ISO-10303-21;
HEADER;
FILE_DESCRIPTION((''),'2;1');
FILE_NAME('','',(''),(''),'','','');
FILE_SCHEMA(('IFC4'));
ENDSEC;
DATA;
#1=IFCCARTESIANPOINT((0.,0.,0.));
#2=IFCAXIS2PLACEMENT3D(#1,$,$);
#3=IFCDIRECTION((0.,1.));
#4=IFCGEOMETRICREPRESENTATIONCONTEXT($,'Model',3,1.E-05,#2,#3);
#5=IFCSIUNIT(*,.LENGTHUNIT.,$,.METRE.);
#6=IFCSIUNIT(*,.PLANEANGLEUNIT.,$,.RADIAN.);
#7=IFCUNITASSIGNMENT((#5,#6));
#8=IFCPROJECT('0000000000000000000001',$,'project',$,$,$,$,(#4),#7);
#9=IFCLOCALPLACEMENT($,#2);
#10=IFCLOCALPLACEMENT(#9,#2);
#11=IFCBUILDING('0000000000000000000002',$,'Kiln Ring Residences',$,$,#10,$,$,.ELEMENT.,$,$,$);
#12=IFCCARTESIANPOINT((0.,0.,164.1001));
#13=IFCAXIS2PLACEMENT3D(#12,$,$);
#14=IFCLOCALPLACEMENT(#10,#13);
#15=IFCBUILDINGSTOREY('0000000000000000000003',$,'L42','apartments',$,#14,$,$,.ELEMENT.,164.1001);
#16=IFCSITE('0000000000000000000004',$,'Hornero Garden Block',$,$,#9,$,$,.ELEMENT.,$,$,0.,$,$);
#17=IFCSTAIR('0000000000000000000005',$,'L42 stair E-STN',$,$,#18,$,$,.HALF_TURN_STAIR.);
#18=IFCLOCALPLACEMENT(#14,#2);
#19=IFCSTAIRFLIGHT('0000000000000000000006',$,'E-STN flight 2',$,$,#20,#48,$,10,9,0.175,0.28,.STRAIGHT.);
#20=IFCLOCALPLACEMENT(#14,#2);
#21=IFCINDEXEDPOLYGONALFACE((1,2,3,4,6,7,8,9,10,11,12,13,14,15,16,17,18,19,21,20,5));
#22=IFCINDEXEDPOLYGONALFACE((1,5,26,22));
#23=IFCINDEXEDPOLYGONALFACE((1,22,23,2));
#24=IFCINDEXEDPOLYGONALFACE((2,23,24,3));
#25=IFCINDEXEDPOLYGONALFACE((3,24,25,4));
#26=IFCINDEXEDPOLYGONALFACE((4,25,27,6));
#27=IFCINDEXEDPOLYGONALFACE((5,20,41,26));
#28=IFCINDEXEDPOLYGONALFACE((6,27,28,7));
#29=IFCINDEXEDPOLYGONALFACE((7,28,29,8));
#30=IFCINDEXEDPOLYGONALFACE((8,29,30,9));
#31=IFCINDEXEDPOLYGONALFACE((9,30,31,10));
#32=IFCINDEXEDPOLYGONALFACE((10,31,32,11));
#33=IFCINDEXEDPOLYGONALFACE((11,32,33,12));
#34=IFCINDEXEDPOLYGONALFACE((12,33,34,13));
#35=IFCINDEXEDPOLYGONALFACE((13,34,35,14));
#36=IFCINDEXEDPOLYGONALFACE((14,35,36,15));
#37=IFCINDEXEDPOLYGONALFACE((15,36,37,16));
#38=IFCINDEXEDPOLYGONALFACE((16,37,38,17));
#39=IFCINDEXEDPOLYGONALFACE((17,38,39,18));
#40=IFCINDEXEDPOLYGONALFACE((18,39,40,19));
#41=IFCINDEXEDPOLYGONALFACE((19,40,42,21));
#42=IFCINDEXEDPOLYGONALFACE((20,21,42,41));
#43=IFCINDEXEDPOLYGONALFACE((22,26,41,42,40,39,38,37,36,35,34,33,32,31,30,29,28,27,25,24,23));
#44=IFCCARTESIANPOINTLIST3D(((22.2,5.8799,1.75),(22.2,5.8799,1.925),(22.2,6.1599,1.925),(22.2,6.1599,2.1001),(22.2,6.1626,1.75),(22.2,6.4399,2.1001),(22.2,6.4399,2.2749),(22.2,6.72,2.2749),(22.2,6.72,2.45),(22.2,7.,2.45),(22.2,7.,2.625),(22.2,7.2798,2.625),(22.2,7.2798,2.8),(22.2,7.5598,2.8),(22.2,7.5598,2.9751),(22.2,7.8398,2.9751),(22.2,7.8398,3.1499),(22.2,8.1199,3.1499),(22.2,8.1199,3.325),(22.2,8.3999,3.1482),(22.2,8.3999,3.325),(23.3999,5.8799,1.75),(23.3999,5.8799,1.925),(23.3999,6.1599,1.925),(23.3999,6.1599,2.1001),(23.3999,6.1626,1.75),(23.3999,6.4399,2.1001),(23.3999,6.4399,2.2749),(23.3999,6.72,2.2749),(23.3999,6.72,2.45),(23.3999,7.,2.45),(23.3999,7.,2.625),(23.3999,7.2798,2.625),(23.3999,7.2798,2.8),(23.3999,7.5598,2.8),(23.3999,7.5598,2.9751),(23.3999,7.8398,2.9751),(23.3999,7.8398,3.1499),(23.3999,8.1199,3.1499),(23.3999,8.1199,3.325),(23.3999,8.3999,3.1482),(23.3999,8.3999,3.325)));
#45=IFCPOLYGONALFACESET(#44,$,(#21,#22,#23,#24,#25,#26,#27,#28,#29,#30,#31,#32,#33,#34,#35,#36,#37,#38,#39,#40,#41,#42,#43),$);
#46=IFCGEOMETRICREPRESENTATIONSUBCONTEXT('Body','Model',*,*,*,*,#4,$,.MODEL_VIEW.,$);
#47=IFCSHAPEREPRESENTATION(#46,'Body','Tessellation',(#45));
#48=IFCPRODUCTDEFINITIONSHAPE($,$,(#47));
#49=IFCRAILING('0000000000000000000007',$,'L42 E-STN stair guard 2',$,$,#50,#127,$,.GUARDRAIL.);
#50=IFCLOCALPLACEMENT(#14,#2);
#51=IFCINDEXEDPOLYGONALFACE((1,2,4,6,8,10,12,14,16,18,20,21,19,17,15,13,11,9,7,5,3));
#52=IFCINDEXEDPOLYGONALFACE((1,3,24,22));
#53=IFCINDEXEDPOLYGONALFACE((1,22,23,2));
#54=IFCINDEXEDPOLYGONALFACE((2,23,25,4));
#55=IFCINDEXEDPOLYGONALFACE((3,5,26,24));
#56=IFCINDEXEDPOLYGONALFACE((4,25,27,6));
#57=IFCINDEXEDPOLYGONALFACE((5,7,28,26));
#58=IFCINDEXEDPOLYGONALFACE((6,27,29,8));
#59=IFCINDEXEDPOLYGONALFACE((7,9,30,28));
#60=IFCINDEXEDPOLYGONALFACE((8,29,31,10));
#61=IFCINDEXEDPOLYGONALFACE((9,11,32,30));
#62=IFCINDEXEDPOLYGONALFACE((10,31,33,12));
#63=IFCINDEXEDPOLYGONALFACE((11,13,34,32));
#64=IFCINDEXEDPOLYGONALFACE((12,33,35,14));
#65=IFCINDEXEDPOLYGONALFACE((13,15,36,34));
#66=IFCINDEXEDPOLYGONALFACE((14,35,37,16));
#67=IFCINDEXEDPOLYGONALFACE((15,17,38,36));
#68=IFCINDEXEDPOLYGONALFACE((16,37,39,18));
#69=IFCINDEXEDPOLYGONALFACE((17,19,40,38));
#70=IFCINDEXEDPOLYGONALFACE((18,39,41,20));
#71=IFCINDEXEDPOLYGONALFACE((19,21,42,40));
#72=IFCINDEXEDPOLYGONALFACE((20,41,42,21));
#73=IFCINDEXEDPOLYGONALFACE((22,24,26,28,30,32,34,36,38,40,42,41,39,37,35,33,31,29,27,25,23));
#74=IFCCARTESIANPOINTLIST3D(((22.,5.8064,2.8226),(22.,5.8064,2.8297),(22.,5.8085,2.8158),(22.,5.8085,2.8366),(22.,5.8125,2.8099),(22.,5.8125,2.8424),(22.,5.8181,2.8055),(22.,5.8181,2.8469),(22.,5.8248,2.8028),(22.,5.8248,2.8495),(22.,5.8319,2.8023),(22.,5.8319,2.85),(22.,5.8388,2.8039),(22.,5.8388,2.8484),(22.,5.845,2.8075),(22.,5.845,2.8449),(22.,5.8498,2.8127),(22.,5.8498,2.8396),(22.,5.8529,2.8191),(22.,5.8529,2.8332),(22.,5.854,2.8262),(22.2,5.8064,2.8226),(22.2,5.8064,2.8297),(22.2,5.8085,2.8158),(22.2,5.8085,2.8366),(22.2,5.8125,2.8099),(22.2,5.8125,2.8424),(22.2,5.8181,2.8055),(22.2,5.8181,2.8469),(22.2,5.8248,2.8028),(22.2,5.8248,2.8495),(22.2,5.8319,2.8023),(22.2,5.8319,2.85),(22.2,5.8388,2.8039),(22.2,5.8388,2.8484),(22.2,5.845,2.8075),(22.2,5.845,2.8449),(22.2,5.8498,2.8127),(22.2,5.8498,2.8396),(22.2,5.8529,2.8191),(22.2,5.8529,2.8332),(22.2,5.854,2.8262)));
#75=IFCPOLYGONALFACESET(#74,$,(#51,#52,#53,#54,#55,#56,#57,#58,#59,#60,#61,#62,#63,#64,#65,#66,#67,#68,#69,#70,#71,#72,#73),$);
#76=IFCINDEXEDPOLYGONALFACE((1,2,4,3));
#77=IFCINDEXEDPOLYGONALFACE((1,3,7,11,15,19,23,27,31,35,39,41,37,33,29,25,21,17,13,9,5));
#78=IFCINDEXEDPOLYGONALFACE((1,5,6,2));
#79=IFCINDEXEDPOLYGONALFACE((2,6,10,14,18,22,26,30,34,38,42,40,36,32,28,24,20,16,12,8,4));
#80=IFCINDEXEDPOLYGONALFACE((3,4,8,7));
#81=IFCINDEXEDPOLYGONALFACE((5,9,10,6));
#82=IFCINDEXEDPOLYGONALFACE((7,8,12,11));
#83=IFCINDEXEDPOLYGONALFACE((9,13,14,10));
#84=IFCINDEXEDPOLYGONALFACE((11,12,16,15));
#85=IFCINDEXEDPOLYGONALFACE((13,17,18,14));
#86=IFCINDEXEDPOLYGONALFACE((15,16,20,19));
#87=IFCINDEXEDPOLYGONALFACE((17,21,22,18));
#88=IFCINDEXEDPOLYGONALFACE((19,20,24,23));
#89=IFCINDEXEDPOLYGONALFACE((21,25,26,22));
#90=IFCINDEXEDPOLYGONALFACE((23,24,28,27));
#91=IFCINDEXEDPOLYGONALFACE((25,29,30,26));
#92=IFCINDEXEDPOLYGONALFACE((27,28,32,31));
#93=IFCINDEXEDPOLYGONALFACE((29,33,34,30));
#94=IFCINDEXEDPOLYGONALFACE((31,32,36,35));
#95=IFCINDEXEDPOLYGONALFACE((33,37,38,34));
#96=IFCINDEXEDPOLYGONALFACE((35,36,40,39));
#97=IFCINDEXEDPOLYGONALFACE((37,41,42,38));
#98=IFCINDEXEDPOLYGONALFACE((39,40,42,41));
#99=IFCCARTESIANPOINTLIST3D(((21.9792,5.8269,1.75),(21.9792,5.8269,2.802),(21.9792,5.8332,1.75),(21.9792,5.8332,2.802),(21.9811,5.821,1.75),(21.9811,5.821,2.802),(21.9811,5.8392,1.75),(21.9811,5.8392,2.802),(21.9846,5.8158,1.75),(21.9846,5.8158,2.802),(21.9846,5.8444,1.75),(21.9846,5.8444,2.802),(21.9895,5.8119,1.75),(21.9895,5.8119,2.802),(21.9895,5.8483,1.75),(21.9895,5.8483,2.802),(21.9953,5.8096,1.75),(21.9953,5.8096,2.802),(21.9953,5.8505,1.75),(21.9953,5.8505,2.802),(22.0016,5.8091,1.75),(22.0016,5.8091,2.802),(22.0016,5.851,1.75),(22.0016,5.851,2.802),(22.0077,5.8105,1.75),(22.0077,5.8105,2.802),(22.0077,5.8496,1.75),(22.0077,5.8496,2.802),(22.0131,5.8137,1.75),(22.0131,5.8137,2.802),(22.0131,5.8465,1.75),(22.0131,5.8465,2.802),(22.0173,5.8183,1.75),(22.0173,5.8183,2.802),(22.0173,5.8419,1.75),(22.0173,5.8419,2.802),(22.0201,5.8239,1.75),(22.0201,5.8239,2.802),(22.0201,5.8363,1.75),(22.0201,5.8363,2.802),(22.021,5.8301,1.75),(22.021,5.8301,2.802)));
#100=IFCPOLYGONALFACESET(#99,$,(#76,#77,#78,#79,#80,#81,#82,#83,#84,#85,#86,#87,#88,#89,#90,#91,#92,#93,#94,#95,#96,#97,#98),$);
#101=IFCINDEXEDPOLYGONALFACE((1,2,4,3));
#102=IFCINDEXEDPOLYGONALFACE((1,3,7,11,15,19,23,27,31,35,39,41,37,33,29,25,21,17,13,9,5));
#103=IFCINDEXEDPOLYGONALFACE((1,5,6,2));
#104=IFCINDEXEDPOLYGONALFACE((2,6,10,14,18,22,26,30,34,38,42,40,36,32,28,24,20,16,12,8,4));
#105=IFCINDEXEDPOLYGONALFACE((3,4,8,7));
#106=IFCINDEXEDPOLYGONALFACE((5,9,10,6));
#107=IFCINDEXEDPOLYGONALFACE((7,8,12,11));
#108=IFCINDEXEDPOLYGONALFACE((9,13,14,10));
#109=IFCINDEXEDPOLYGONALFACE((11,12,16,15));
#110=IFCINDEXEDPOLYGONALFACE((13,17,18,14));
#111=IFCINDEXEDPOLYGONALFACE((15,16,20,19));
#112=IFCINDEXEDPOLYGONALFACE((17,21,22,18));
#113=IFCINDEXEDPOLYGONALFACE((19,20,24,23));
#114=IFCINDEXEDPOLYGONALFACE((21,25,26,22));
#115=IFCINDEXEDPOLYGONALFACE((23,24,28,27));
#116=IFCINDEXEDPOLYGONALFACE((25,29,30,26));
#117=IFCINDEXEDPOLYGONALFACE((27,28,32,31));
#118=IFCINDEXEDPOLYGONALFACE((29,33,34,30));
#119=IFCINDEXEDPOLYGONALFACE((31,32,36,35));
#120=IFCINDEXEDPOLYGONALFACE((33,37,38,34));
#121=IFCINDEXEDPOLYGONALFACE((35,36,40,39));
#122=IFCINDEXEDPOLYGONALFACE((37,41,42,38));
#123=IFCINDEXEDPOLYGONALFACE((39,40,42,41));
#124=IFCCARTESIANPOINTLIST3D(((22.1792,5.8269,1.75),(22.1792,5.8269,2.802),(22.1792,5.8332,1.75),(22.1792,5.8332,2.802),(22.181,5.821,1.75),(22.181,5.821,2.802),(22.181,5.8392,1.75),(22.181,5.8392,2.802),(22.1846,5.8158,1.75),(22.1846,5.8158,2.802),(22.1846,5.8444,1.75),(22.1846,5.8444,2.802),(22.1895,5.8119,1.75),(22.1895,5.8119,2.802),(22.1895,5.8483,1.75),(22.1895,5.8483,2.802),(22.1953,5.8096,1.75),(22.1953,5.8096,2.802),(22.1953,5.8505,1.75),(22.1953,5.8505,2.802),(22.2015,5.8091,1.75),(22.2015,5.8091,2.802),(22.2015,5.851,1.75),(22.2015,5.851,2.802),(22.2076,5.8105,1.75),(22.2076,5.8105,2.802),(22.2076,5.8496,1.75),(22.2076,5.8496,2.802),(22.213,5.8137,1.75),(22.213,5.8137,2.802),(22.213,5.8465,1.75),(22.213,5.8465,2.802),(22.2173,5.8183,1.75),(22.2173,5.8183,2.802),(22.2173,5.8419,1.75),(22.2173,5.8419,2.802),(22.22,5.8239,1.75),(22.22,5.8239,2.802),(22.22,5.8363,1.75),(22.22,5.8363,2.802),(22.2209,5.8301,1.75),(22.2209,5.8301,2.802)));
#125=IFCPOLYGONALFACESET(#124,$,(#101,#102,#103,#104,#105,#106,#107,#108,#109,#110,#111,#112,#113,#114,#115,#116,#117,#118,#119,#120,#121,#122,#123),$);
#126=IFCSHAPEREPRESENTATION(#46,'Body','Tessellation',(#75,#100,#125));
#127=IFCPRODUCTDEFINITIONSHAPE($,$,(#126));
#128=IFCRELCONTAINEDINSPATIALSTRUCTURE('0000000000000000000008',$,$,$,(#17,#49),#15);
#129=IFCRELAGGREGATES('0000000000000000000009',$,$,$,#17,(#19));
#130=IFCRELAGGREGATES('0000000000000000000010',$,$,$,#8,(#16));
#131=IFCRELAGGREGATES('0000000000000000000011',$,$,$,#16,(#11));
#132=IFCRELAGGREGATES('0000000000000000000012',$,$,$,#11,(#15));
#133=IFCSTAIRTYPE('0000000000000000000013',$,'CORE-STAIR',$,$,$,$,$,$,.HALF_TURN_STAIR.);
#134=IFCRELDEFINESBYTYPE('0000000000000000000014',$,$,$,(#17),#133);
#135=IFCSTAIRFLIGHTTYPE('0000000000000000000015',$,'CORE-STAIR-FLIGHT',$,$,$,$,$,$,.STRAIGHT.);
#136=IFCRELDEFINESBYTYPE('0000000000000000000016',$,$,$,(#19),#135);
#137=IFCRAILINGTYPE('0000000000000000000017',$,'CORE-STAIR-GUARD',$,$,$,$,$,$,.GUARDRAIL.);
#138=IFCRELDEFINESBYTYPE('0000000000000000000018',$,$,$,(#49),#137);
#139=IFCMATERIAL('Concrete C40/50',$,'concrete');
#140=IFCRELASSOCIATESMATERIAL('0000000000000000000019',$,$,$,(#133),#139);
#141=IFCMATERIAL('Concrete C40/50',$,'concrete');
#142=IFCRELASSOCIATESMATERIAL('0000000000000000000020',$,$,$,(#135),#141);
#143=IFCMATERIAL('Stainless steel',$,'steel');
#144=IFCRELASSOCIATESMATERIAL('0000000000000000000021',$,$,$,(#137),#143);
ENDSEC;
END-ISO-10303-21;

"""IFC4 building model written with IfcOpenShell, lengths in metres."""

from ifc_helpers import new_model, si_unit, direction, frame, origin, origin_2d, place, context, subcontext, project, spatial, polyline, circle, outline, extrude, material, type_object, element, aggregate, save


model = new_model("IFC4")

# Units and contexts
model_context = context("Model", 3, precision=1e-05, world=origin(), true_north=direction((0.0, 1.0)))
body_context = subcontext(model_context, "Body", "Model", "MODEL_VIEW")
ifc_project = project(units=[si_unit("LENGTHUNIT", "METRE"), si_unit("PLANEANGLEUNIT", "RADIAN")], contexts=[model_context])

# Site, building, storey
site_placement = place(None, origin())
site = spatial("IfcSite", under=ifc_project, at=site_placement, Name="Hornero Garden Block", CompositionType="ELEMENT", RefElevation=0.0)
building_placement = place(site_placement, origin())
building = spatial("IfcBuilding", under=site, at=building_placement, Name="Kiln Ring Residences", CompositionType="ELEMENT")
storey_placement = place(building_placement, frame((0.0, 0.0, 164.1001)))
storey = spatial("IfcBuildingStorey", under=building, at=storey_placement, Name="L42", Description="apartments", CompositionType="ELEMENT", Elevation=164.1001)

# Stair, stair flight
ifc_material_1 = material(Name="Concrete C40/50", Category="concrete")
stair_type = type_object("IfcStairType", Name="CORE-STAIR", PredefinedType="HALF_TURN_STAIR", material=ifc_material_1)
stair_placement = place(storey_placement, origin())
stair = element("IfcStair", 1, at=stair_placement, inside=storey, type_object=stair_type, Name="L42 stair E-STN", PredefinedType="HALF_TURN_STAIR")
ifc_material_2 = material(Name="Concrete C40/50", Category="concrete")
stair_flight_type = type_object("IfcStairFlightType", Name="CORE-STAIR-FLIGHT", PredefinedType="STRAIGHT", material=ifc_material_2)
stair_flight_1_placement = place(storey_placement, frame((22.8, 5.8799, 1.75), z_axis=(0.0, 0.0, 1.0), x_axis=(0.0, 1.0, 0.0)))
stair_flight_1 = element("IfcStairFlight", 2, at=stair_flight_1_placement, type_object=stair_flight_type, Name="E-STN flight 2", NumberOfRisers=10, NumberOfTreads=9, PredefinedType="STRAIGHT", RiserHeight=0.175, TreadLength=0.28, context=body_context, shape_type="SweptSolid", body=[
    extrude(outline(polyline([(0.0, 0.0), (0.0, 0.175), (0.28, 0.175), (0.28, 0.3501), (0.5601, 0.3501), (0.5601, 0.5249), (0.8401, 0.5249), (0.8401, 0.7), (1.1201, 0.7), (1.1201, 0.875), (1.3999, 0.875), (1.3999, 1.05), (1.6799, 1.05), (1.6799, 1.2251), (1.96, 1.2251), (1.96, 1.3999), (2.24, 1.3999), (2.24, 1.575), (2.52, 1.575), (2.52, 1.75), (2.52, 1.3982), (0.2827, 0.0), (0.0, 0.0)])), frame((0.0, 0.6001, 0.0), z_axis=(0.0, -1.0, 0.0), x_axis=(1.0, 0.0, 0.0)), (0.0, 0.0, 1.0), 1.2),
])
aggregate(stair, [stair_flight_1])

# Railing
ifc_material_3 = material(Name="Stainless steel", Category="steel")
railing_type_1 = type_object("IfcRailingType", Name="CORE-STAIR-GUARD", PredefinedType="GUARDRAIL", material=ifc_material_3)
railing_1_placement = place(storey_placement, frame((22.0, 5.8301, 1.75)))
element("IfcRailing", 3, at=railing_1_placement, inside=storey, type_object=railing_type_1, Name="L42 E-STN stair guard 2", PredefinedType="GUARDRAIL", context=body_context, shape_type="SweptSolid", body=[
    extrude(circle(Radius=0.0239, at=origin_2d()), frame((0.0, 0.0, 1.0762), z_axis=(1.0, 0.0, 0.0), x_axis=(0.0, 1.0, 0.0)), (0.0, 0.0, 1.0), 0.2),
    extrude(circle(Radius=0.021, at=origin_2d()), origin(), (0.0, 0.0, 1.0), 1.052),
    extrude(circle(Radius=0.021, at=origin_2d()), frame((0.2, 0.0, 0.0)), (0.0, 0.0, 1.0), 1.052),
])

save(model, "model.ifc")
